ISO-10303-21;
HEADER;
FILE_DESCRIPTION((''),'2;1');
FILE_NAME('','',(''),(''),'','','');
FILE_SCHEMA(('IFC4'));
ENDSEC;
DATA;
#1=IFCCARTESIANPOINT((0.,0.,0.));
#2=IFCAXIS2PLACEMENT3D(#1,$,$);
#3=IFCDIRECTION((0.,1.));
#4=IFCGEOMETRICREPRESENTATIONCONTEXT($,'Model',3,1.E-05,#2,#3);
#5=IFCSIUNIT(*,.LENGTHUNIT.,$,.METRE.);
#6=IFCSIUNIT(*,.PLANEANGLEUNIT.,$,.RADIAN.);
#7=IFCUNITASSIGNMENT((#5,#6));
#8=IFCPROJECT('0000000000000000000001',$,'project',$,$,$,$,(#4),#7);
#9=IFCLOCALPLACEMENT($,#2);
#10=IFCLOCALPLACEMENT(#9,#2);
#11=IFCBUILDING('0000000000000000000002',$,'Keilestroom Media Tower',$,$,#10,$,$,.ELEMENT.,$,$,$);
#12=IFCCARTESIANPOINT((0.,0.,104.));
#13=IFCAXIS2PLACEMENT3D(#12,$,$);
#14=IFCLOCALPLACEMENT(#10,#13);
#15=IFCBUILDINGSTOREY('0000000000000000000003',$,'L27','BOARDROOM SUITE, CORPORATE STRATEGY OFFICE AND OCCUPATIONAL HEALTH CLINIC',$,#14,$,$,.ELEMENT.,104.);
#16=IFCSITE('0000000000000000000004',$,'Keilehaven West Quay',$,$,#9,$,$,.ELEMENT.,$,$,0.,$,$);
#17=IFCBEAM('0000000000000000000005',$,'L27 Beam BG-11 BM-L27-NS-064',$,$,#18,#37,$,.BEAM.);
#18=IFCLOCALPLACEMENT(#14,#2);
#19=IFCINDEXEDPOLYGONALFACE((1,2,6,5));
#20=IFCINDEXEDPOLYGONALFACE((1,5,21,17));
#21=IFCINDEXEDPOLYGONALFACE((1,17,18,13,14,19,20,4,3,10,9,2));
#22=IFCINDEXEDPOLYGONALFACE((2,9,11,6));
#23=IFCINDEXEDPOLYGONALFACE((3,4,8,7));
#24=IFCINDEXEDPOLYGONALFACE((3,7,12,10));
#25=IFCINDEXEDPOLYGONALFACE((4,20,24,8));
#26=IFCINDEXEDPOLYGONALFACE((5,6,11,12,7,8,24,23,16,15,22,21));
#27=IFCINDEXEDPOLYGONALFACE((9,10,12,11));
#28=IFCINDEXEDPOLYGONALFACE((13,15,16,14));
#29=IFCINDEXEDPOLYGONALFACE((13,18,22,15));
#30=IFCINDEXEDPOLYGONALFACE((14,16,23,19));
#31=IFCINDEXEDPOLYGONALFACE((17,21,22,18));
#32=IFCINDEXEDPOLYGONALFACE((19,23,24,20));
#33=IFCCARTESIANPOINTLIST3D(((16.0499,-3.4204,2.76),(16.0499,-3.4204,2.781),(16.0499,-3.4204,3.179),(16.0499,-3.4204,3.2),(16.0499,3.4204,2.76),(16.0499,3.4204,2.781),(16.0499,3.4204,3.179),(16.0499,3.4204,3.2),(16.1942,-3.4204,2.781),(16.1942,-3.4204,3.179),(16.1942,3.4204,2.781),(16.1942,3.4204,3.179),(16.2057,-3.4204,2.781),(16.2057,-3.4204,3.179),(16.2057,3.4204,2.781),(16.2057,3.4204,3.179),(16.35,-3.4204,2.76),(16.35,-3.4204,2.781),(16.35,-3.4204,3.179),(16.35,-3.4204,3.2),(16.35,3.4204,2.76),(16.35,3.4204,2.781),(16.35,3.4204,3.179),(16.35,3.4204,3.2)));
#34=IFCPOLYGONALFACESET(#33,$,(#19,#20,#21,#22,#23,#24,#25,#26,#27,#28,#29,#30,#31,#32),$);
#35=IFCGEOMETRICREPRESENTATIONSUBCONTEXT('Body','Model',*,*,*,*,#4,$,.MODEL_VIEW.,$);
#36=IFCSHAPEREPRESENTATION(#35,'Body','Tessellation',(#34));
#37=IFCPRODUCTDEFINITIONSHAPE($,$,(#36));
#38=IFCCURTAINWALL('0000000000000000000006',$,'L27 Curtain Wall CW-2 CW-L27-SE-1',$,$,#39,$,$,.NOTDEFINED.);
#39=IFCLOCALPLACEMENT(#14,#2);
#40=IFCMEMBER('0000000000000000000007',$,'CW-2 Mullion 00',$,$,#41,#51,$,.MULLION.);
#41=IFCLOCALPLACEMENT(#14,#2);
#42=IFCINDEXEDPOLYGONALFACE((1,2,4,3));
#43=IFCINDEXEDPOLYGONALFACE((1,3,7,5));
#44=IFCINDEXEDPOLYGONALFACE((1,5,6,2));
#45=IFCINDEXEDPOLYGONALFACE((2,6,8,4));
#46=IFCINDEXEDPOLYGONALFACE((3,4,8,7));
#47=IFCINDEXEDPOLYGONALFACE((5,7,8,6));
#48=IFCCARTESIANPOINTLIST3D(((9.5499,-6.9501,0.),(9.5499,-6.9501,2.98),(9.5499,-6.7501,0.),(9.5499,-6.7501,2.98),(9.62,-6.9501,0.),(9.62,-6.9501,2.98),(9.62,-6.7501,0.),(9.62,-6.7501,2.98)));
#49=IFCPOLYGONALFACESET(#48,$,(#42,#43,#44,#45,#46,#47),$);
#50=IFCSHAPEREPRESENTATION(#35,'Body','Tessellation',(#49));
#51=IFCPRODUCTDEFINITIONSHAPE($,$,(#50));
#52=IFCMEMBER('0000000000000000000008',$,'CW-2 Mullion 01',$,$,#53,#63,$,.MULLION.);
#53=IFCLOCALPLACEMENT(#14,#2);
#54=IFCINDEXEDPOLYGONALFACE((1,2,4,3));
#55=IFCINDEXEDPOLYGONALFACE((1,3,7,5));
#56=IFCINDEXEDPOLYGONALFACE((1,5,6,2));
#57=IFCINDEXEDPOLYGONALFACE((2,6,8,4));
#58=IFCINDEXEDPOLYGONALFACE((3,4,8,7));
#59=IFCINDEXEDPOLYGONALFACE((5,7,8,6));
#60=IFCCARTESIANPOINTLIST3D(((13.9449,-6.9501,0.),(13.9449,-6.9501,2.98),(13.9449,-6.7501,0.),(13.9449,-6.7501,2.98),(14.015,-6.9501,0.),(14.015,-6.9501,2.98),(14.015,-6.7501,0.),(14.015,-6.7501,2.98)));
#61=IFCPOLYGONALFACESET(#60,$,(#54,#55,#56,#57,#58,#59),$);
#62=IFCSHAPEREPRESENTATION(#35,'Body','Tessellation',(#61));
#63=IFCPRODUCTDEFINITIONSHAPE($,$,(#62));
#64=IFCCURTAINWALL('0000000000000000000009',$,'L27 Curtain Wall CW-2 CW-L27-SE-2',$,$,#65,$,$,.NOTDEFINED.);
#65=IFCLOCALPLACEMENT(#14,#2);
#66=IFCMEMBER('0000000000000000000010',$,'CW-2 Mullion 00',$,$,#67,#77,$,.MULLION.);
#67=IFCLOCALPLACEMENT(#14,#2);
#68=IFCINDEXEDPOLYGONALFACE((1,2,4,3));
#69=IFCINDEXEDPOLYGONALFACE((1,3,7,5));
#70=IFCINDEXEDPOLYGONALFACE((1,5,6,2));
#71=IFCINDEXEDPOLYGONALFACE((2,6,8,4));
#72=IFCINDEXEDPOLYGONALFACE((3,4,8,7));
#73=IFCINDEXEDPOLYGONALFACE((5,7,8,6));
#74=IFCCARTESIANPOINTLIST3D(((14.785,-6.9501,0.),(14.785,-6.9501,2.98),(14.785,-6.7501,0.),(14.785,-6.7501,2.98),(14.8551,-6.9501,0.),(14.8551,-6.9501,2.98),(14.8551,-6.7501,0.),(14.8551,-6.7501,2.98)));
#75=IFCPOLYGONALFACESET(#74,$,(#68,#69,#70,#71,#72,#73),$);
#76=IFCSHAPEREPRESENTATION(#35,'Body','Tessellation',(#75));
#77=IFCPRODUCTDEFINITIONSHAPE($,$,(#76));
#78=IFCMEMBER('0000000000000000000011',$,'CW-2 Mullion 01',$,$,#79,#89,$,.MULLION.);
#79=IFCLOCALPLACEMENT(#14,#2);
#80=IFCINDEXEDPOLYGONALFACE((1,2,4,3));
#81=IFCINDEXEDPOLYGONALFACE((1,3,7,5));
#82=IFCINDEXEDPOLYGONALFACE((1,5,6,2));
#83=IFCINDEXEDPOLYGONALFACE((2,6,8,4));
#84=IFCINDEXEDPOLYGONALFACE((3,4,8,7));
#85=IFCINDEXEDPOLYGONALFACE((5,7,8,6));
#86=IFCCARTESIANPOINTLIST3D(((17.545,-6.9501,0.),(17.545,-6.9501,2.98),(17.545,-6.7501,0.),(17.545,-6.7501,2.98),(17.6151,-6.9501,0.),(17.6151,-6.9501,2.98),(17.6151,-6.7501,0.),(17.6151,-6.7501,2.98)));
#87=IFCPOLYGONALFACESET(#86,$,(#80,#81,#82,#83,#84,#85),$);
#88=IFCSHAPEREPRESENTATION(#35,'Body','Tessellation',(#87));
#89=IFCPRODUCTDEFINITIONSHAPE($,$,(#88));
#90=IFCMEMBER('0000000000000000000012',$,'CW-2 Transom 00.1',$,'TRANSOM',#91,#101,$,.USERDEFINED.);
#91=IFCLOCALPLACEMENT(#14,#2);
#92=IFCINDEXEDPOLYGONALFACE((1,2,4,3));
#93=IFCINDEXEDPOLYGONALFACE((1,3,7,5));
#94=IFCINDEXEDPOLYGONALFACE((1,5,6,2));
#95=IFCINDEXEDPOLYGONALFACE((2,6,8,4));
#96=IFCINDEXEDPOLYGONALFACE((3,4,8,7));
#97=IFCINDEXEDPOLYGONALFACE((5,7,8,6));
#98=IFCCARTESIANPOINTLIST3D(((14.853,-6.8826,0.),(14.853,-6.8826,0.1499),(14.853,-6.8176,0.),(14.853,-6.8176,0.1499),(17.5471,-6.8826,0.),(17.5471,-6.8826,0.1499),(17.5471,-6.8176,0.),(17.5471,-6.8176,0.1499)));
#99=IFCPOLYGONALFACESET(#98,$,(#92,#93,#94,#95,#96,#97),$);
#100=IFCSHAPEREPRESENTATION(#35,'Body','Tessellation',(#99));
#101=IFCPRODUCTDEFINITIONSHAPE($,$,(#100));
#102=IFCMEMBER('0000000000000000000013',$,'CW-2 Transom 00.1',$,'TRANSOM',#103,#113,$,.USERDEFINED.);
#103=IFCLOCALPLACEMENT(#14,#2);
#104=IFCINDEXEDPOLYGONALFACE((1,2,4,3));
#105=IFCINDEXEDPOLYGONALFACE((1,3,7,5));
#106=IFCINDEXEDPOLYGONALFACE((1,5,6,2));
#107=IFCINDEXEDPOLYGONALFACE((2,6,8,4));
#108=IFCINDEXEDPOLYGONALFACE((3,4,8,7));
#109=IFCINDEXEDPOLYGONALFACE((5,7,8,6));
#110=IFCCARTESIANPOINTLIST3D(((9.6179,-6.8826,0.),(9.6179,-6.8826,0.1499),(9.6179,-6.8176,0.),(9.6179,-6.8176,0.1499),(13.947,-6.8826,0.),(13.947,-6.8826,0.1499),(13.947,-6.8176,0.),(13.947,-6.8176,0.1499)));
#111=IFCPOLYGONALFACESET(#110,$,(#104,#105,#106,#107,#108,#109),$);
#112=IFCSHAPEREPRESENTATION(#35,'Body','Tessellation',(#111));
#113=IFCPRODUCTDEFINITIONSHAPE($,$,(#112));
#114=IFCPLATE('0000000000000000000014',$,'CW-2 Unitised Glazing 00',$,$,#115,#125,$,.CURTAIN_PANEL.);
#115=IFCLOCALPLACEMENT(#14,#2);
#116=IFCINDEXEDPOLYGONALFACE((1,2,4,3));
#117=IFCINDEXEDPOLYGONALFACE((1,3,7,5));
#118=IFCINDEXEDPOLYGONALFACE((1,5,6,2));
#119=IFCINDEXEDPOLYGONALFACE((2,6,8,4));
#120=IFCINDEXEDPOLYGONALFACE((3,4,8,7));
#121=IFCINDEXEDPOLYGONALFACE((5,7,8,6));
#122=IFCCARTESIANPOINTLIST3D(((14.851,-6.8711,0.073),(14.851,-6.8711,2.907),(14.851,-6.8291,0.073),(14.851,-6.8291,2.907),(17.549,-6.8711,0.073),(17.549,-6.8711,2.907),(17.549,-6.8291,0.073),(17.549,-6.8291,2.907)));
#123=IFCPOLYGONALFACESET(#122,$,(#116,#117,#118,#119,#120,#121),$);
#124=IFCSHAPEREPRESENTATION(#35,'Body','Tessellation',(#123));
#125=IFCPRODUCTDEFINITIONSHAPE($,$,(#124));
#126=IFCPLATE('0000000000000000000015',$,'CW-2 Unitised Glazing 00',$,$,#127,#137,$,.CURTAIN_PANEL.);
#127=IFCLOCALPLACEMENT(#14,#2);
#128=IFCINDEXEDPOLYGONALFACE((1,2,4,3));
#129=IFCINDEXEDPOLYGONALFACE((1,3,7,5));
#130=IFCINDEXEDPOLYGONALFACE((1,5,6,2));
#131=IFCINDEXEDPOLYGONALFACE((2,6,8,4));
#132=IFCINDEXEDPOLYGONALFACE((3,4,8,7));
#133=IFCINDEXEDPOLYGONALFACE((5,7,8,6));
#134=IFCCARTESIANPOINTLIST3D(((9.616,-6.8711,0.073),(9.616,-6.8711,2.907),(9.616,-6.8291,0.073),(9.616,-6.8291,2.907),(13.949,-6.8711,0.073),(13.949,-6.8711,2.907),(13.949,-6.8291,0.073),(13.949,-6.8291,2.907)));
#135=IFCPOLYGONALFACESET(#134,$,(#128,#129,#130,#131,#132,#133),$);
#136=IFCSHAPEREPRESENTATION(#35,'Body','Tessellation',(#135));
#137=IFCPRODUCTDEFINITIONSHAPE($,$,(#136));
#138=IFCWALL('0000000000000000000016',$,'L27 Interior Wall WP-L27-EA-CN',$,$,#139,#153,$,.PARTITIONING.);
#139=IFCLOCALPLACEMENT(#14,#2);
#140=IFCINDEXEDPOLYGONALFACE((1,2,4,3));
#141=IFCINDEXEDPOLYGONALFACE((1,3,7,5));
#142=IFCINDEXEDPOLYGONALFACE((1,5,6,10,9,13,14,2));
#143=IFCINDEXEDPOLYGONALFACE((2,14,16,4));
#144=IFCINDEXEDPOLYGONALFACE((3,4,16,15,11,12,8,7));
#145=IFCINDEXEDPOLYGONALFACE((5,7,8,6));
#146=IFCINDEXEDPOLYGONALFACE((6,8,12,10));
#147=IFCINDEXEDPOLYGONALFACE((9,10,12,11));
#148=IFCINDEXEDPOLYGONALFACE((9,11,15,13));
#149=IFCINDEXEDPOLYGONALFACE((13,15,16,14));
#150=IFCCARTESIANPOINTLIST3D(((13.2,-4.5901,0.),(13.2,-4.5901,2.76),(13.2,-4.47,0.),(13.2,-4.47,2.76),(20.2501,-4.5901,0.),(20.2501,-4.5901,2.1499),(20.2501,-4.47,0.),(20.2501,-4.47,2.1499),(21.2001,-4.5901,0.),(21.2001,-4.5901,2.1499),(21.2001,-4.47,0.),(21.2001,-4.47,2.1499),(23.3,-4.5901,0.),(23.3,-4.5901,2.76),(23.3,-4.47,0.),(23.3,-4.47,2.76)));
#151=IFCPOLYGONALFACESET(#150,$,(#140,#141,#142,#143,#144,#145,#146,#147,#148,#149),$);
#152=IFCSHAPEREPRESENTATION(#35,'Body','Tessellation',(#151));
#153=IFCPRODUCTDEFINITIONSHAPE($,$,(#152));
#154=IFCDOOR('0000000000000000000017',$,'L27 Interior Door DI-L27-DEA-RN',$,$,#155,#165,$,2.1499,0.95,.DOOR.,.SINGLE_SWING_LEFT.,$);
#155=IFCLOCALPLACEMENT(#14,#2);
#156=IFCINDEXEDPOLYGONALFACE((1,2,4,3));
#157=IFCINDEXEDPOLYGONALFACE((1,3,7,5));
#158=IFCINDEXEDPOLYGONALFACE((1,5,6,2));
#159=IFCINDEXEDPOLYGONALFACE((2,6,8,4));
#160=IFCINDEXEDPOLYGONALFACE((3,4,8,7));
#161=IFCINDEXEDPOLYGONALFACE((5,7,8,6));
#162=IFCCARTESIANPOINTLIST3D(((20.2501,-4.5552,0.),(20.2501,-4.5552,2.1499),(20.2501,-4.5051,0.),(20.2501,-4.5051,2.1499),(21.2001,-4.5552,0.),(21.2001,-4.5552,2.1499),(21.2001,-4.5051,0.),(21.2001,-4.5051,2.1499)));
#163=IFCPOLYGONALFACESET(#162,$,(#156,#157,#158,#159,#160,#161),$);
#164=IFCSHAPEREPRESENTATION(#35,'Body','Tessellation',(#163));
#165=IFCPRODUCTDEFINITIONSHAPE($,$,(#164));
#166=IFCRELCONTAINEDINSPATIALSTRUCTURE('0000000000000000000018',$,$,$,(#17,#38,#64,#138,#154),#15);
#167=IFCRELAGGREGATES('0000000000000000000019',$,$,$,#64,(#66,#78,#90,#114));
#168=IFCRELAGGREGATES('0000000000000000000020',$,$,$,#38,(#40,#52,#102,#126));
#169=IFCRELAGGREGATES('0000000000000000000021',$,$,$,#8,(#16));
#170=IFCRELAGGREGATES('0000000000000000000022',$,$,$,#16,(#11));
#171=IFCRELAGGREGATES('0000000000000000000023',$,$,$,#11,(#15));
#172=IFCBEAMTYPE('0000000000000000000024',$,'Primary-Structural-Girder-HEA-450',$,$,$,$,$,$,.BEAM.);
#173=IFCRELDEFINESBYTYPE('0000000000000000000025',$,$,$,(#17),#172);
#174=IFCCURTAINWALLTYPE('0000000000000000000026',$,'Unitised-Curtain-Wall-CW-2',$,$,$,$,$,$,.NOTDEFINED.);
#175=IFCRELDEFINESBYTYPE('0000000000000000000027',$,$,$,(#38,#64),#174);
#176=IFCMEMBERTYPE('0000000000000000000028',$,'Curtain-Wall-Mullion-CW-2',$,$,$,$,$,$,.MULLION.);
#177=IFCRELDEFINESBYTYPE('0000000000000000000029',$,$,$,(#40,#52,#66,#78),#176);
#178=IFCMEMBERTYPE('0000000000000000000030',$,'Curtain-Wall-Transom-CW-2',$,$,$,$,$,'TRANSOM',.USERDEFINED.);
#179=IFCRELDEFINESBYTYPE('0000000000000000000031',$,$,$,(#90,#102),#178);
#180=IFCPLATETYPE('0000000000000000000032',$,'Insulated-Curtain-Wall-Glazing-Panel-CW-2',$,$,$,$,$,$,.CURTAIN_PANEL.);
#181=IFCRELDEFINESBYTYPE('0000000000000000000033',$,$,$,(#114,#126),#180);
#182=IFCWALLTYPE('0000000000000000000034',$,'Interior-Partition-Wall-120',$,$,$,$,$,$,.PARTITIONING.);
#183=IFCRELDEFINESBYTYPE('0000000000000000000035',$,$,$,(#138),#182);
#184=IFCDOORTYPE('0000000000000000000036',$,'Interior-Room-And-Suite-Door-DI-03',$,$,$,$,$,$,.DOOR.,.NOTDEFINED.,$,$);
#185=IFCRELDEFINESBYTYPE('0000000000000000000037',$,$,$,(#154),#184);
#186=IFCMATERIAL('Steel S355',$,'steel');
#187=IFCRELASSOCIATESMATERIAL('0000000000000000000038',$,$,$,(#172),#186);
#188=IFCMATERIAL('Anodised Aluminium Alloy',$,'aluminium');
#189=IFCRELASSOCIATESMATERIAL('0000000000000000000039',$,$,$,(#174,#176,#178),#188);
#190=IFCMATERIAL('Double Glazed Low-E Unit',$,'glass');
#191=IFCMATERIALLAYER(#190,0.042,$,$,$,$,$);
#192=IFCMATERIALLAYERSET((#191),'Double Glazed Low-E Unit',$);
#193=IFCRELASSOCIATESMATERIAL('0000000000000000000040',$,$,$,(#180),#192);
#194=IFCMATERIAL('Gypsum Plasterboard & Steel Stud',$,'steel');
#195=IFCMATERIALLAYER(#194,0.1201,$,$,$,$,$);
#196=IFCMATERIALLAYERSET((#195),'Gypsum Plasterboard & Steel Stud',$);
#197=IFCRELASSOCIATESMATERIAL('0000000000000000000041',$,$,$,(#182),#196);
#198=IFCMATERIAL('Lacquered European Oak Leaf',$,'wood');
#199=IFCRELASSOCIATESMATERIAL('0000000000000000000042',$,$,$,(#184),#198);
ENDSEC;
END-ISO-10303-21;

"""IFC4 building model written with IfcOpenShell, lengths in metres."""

from ifc_helpers import new_model, si_unit, direction, frame, frame_2d, origin, origin_2d, place, context, subcontext, project, spatial, rectangle, i_section, extrude, source, transform, mapped, material, layer, layer_set, material_profile, profile_set, type_object, element, fill, aggregate, save


model = new_model("IFC4")

# Units and contexts
model_context = context("Model", 3, precision=1e-05, world=origin(), true_north=direction((0.0, 1.0)))
body_context = subcontext(model_context, "Body", "Model", "MODEL_VIEW")
ifc_project = project(units=[si_unit("LENGTHUNIT", "METRE"), si_unit("PLANEANGLEUNIT", "RADIAN")], contexts=[model_context])

# Site, building, storey
site_placement = place(None, origin())
site = spatial("IfcSite", under=ifc_project, at=site_placement, Name="Keilehaven West Quay", CompositionType="ELEMENT", RefElevation=0.0)
building_placement = place(site_placement, origin())
building = spatial("IfcBuilding", under=site, at=building_placement, Name="Keilestroom Media Tower", CompositionType="ELEMENT")
storey_placement = place(building_placement, frame((0.0, 0.0, 104.0)))
storey = spatial("IfcBuildingStorey", under=building, at=storey_placement, Name="L27", Description="BOARDROOM SUITE, CORPORATE STRATEGY OFFICE AND OCCUPATIONAL HEALTH CLINIC", CompositionType="ELEMENT", Elevation=104.0)

# Shared definitions
ifc_material_1 = material(Name="Steel S355", Category="steel")

# Beam
ifc_material_profile_1 = material_profile(ifc_material_1, i_section(OverallWidth=0.3, OverallDepth=0.4399, WebThickness=0.0115, FlangeThickness=0.021, at=origin_2d()), Name="HEA 450")
ifc_profile_set_1 = profile_set([ifc_material_profile_1], Name="Steel S355")
beam_type_1 = type_object("IfcBeamType", Name="Primary-Structural-Girder-HEA-450", PredefinedType="BEAM", material=ifc_profile_set_1)
shared_shape_1 = source(origin(), body_context, "Body", "SweptSolid", [
    extrude(i_section(OverallWidth=0.3, OverallDepth=0.4399, WebThickness=0.0115, FlangeThickness=0.021, at=origin_2d()), origin(), (0.0, 0.0, 1.0), 6.8408),
])
for number, where, z_axis, x_axis, name in (
    (1, (16.2, -3.4204, 2.98), (0.0, 1.0, 0.0), (-1.0, 0.0, 0.0), "L27 Beam BG-11 BM-L27-NS-064"),
):
    element("IfcBeam", number, at=place(storey_placement, frame(where, z_axis=z_axis, x_axis=x_axis)), inside=storey, type_object=beam_type_1, Name=name, PredefinedType="BEAM", context=body_context, shape_type="MappedRepresentation", body=[
        mapped(shared_shape_1, transform((0.0, 0.0, 0.0), x_axis=(1.0, 0.0, 0.0), y_axis=(0.0, 1.0, 0.0), z_axis=(0.0, 0.0, 1.0), scale=1.0)),
    ])

# Curtain walls, members
ifc_material_2 = material(Name="Anodised Aluminium Alloy", Category="aluminium")
curtain_wall_type = type_object("IfcCurtainWallType", Name="Unitised-Curtain-Wall-CW-2", PredefinedType="NOTDEFINED", material=ifc_material_2)
curtain_wall_1_placement = place(storey_placement, origin())
curtain_wall_1 = element("IfcCurtainWall", 2, at=curtain_wall_1_placement, inside=storey, type_object=curtain_wall_type, Name="L27 Curtain Wall CW-2 CW-L27-SE-1", PredefinedType="NOTDEFINED")
ifc_material_profile_2 = material_profile(ifc_material_2, rectangle(XDim=0.0701, YDim=0.2, at=origin_2d()), Name="ALU MULLION 70x200")
ifc_profile_set_2 = profile_set([ifc_material_profile_2], Name="Anodised Aluminium Alloy")
member_type_1 = type_object("IfcMemberType", Name="Curtain-Wall-Mullion-CW-2", PredefinedType="MULLION", material=ifc_profile_set_2)
shared_shape_2 = source(origin(), body_context, "Body", "SweptSolid", [
    extrude(rectangle(XDim=0.0701, YDim=0.2, at=origin_2d()), origin(), (0.0, 0.0, 1.0), 2.98),
])
member_1_placement = place(storey_placement, frame((9.585, -6.8501, 0.0), z_axis=(0.0, 0.0, 1.0), x_axis=(1.0, 0.0, 0.0)))
member_1 = element("IfcMember", 3, at=member_1_placement, type_object=member_type_1, Name="CW-2 Mullion 00", PredefinedType="MULLION", context=body_context, shape_type="MappedRepresentation", body=[
    mapped(shared_shape_2, transform((0.0, 0.0, 0.0), x_axis=(1.0, 0.0, 0.0), y_axis=(0.0, 1.0, 0.0), z_axis=(0.0, 0.0, 1.0), scale=1.0)),
])
member_2_placement = place(storey_placement, frame((13.98, -6.8501, 0.0), z_axis=(0.0, 0.0, 1.0), x_axis=(1.0, 0.0, 0.0)))
member_2 = element("IfcMember", 4, at=member_2_placement, type_object=member_type_1, Name="CW-2 Mullion 01", PredefinedType="MULLION", context=body_context, shape_type="MappedRepresentation", body=[
    mapped(shared_shape_2, transform((0.0, 0.0, 0.0), x_axis=(1.0, 0.0, 0.0), y_axis=(0.0, 1.0, 0.0), z_axis=(0.0, 0.0, 1.0), scale=1.0)),
])
curtain_wall_2_placement = place(storey_placement, origin())
curtain_wall_2 = element("IfcCurtainWall", 5, at=curtain_wall_2_placement, inside=storey, type_object=curtain_wall_type, Name="L27 Curtain Wall CW-2 CW-L27-SE-2", PredefinedType="NOTDEFINED")
member_3_placement = place(storey_placement, frame((14.8201, -6.8501, 0.0), z_axis=(0.0, 0.0, 1.0), x_axis=(1.0, 0.0, 0.0)))
member_3 = element("IfcMember", 6, at=member_3_placement, type_object=member_type_1, Name="CW-2 Mullion 00", PredefinedType="MULLION", context=body_context, shape_type="MappedRepresentation", body=[
    mapped(shared_shape_2, transform((0.0, 0.0, 0.0), x_axis=(1.0, 0.0, 0.0), y_axis=(0.0, 1.0, 0.0), z_axis=(0.0, 0.0, 1.0), scale=1.0)),
])
member_4_placement = place(storey_placement, frame((17.5801, -6.8501, 0.0), z_axis=(0.0, 0.0, 1.0), x_axis=(1.0, 0.0, 0.0)))
member_4 = element("IfcMember", 7, at=member_4_placement, type_object=member_type_1, Name="CW-2 Mullion 01", PredefinedType="MULLION", context=body_context, shape_type="MappedRepresentation", body=[
    mapped(shared_shape_2, transform((0.0, 0.0, 0.0), x_axis=(1.0, 0.0, 0.0), y_axis=(0.0, 1.0, 0.0), z_axis=(0.0, 0.0, 1.0), scale=1.0)),
])
ifc_material_profile_3 = material_profile(ifc_material_2, rectangle(XDim=0.0649, YDim=0.1499, at=origin_2d()), Name="ALU TRANSOM 65x150")
ifc_profile_set_3 = profile_set([ifc_material_profile_3], Name="Anodised Aluminium Alloy")
member_type_2 = type_object("IfcMemberType", Name="Curtain-Wall-Transom-CW-2", ElementType="TRANSOM", PredefinedType="USERDEFINED", material=ifc_profile_set_3)
shared_shape_3 = source(origin(), body_context, "Body", "SweptSolid", [
    extrude(rectangle(XDim=0.0649, YDim=0.1499, at=origin_2d()), origin(), (0.0, 0.0, 1.0), 2.6941),
])
member_5_placement = place(storey_placement, frame((14.853, -6.8501, 0.075), z_axis=(1.0, 0.0, 0.0), x_axis=(0.0, 1.0, 0.0)))
member_5 = element("IfcMember", 8, at=member_5_placement, type_object=member_type_2, Name="CW-2 Transom 00.1", ObjectType="TRANSOM", PredefinedType="USERDEFINED", context=body_context, shape_type="MappedRepresentation", body=[
    mapped(shared_shape_3, transform((0.0, 0.0, 0.0), x_axis=(1.0, 0.0, 0.0), y_axis=(0.0, 1.0, 0.0), z_axis=(0.0, 0.0, 1.0), scale=1.0)),
])

# Member
shared_shape_4 = source(origin(), body_context, "Body", "SweptSolid", [
    extrude(rectangle(XDim=0.0649, YDim=0.1499, at=origin_2d()), origin(), (0.0, 0.0, 1.0), 4.3291),
])
member_6_placement = place(storey_placement, frame((9.6179, -6.8501, 0.075), z_axis=(1.0, 0.0, 0.0), x_axis=(0.0, 1.0, 0.0)))
member_6 = element("IfcMember", 9, at=member_6_placement, type_object=member_type_2, Name="CW-2 Transom 00.1", ObjectType="TRANSOM", PredefinedType="USERDEFINED", context=body_context, shape_type="MappedRepresentation", body=[
    mapped(shared_shape_4, transform((0.0, 0.0, 0.0), x_axis=(1.0, 0.0, 0.0), y_axis=(0.0, 1.0, 0.0), z_axis=(0.0, 0.0, 1.0), scale=1.0)),
])

# Plates
ifc_material_3 = material(Name="Double Glazed Low-E Unit", Category="glass")
ifc_layer_1 = layer(ifc_material_3, 0.042)
ifc_layer_set_1 = layer_set([ifc_layer_1], Name="Double Glazed Low-E Unit")
plate_type = type_object("IfcPlateType", Name="Insulated-Curtain-Wall-Glazing-Panel-CW-2", PredefinedType="CURTAIN_PANEL", material=ifc_layer_set_1)
shared_shape_5 = source(origin(), body_context, "Body", "SweptSolid", [
    extrude(rectangle(XDim=2.698, YDim=0.042, at=origin_2d()), origin(), (0.0, 0.0, 1.0), 2.834),
])
plate_1_placement = place(storey_placement, frame((16.2, -6.8501, 0.073), z_axis=(0.0, 0.0, 1.0), x_axis=(1.0, 0.0, 0.0)))
plate_1 = element("IfcPlate", 10, at=plate_1_placement, type_object=plate_type, Name="CW-2 Unitised Glazing 00", PredefinedType="CURTAIN_PANEL", context=body_context, shape_type="MappedRepresentation", body=[
    mapped(shared_shape_5, transform((0.0, 0.0, 0.0), x_axis=(1.0, 0.0, 0.0), y_axis=(0.0, 1.0, 0.0), z_axis=(0.0, 0.0, 1.0), scale=1.0)),
])
aggregate(curtain_wall_2, [member_3, member_4, member_5, plate_1])
shared_shape_6 = source(origin(), body_context, "Body", "SweptSolid", [
    extrude(rectangle(XDim=4.333, YDim=0.042, at=origin_2d()), origin(), (0.0, 0.0, 1.0), 2.834),
])
plate_2_placement = place(storey_placement, frame((11.7825, -6.8501, 0.073), z_axis=(0.0, 0.0, 1.0), x_axis=(1.0, 0.0, 0.0)))
plate_2 = element("IfcPlate", 11, at=plate_2_placement, type_object=plate_type, Name="CW-2 Unitised Glazing 00", PredefinedType="CURTAIN_PANEL", context=body_context, shape_type="MappedRepresentation", body=[
    mapped(shared_shape_6, transform((0.0, 0.0, 0.0), x_axis=(1.0, 0.0, 0.0), y_axis=(0.0, 1.0, 0.0), z_axis=(0.0, 0.0, 1.0), scale=1.0)),
])
aggregate(curtain_wall_1, [member_1, member_2, member_6, plate_2])

# Wall, opening, door
ifc_material_4 = material(Name="Gypsum Plasterboard & Steel Stud", Category="steel")
ifc_layer_2 = layer(ifc_material_4, 0.1201)
ifc_layer_set_2 = layer_set([ifc_layer_2], Name="Gypsum Plasterboard & Steel Stud")
wall_type_1 = type_object("IfcWallType", Name="Interior-Partition-Wall-120", PredefinedType="PARTITIONING", material=ifc_layer_set_2)
wall_1_placement = place(storey_placement, frame((13.2, -4.53, 0.0), z_axis=(0.0, 0.0, 1.0), x_axis=(1.0, 0.0, 0.0)))
wall_1 = element("IfcWall", 12, at=wall_1_placement, inside=storey, type_object=wall_type_1, Name="L27 Interior Wall WP-L27-EA-CN", PredefinedType="PARTITIONING", context=body_context, shape_type="SweptSolid", body=[
    extrude(rectangle(XDim=10.1001, YDim=0.1201, at=frame_2d((5.05, 0.0))), origin(), (0.0, 0.0, 1.0), 2.76),
])
opening_1_placement = place(wall_1_placement, frame((7.05, 0.0, 0.0)))
opening_1 = element("IfcOpeningElement", 13, at=opening_1_placement, cuts=wall_1, PredefinedType="OPENING", context=body_context, shape_type="SweptSolid", body=[
    extrude(rectangle(XDim=0.95, YDim=2.1499, at=frame_2d((0.4751, 1.075))), frame((0.0, 0.0701, 0.0), z_axis=(0.0, -1.0, 0.0), x_axis=(1.0, 0.0, 0.0)), (0.0, 0.0, 1.0), 0.1401),
])
ifc_material_5 = material(Name="Lacquered European Oak Leaf", Category="wood")
door_type_1 = type_object("IfcDoorType", Name="Interior-Room-And-Suite-Door-DI-03", OperationType="NOTDEFINED", PredefinedType="DOOR", material=ifc_material_5)
shared_shape_7 = source(origin(), body_context, "Body", "SweptSolid", [
    extrude(rectangle(XDim=0.95, YDim=2.1499, at=frame_2d((0.4751, 1.075))), frame((0.0, 0.0249, 0.0), z_axis=(0.0, -1.0, 0.0), x_axis=(1.0, 0.0, 0.0)), (0.0, 0.0, 1.0), 0.05),
])
door_1_placement = place(opening_1_placement, origin())
door_1 = element("IfcDoor", 14, at=door_1_placement, inside=storey, type_object=door_type_1, Name="L27 Interior Door DI-L27-DEA-RN", OperationType="SINGLE_SWING_LEFT", OverallHeight=2.1499, OverallWidth=0.95, PredefinedType="DOOR", context=body_context, shape_type="MappedRepresentation", body=[
    mapped(shared_shape_7, transform((0.0, 0.0, 0.0), x_axis=(1.0, 0.0, 0.0), y_axis=(0.0, 1.0, 0.0), z_axis=(0.0, 0.0, 1.0), scale=1.0)),
])
fill(opening_1, door_1)

save(model, "model.ifc")
